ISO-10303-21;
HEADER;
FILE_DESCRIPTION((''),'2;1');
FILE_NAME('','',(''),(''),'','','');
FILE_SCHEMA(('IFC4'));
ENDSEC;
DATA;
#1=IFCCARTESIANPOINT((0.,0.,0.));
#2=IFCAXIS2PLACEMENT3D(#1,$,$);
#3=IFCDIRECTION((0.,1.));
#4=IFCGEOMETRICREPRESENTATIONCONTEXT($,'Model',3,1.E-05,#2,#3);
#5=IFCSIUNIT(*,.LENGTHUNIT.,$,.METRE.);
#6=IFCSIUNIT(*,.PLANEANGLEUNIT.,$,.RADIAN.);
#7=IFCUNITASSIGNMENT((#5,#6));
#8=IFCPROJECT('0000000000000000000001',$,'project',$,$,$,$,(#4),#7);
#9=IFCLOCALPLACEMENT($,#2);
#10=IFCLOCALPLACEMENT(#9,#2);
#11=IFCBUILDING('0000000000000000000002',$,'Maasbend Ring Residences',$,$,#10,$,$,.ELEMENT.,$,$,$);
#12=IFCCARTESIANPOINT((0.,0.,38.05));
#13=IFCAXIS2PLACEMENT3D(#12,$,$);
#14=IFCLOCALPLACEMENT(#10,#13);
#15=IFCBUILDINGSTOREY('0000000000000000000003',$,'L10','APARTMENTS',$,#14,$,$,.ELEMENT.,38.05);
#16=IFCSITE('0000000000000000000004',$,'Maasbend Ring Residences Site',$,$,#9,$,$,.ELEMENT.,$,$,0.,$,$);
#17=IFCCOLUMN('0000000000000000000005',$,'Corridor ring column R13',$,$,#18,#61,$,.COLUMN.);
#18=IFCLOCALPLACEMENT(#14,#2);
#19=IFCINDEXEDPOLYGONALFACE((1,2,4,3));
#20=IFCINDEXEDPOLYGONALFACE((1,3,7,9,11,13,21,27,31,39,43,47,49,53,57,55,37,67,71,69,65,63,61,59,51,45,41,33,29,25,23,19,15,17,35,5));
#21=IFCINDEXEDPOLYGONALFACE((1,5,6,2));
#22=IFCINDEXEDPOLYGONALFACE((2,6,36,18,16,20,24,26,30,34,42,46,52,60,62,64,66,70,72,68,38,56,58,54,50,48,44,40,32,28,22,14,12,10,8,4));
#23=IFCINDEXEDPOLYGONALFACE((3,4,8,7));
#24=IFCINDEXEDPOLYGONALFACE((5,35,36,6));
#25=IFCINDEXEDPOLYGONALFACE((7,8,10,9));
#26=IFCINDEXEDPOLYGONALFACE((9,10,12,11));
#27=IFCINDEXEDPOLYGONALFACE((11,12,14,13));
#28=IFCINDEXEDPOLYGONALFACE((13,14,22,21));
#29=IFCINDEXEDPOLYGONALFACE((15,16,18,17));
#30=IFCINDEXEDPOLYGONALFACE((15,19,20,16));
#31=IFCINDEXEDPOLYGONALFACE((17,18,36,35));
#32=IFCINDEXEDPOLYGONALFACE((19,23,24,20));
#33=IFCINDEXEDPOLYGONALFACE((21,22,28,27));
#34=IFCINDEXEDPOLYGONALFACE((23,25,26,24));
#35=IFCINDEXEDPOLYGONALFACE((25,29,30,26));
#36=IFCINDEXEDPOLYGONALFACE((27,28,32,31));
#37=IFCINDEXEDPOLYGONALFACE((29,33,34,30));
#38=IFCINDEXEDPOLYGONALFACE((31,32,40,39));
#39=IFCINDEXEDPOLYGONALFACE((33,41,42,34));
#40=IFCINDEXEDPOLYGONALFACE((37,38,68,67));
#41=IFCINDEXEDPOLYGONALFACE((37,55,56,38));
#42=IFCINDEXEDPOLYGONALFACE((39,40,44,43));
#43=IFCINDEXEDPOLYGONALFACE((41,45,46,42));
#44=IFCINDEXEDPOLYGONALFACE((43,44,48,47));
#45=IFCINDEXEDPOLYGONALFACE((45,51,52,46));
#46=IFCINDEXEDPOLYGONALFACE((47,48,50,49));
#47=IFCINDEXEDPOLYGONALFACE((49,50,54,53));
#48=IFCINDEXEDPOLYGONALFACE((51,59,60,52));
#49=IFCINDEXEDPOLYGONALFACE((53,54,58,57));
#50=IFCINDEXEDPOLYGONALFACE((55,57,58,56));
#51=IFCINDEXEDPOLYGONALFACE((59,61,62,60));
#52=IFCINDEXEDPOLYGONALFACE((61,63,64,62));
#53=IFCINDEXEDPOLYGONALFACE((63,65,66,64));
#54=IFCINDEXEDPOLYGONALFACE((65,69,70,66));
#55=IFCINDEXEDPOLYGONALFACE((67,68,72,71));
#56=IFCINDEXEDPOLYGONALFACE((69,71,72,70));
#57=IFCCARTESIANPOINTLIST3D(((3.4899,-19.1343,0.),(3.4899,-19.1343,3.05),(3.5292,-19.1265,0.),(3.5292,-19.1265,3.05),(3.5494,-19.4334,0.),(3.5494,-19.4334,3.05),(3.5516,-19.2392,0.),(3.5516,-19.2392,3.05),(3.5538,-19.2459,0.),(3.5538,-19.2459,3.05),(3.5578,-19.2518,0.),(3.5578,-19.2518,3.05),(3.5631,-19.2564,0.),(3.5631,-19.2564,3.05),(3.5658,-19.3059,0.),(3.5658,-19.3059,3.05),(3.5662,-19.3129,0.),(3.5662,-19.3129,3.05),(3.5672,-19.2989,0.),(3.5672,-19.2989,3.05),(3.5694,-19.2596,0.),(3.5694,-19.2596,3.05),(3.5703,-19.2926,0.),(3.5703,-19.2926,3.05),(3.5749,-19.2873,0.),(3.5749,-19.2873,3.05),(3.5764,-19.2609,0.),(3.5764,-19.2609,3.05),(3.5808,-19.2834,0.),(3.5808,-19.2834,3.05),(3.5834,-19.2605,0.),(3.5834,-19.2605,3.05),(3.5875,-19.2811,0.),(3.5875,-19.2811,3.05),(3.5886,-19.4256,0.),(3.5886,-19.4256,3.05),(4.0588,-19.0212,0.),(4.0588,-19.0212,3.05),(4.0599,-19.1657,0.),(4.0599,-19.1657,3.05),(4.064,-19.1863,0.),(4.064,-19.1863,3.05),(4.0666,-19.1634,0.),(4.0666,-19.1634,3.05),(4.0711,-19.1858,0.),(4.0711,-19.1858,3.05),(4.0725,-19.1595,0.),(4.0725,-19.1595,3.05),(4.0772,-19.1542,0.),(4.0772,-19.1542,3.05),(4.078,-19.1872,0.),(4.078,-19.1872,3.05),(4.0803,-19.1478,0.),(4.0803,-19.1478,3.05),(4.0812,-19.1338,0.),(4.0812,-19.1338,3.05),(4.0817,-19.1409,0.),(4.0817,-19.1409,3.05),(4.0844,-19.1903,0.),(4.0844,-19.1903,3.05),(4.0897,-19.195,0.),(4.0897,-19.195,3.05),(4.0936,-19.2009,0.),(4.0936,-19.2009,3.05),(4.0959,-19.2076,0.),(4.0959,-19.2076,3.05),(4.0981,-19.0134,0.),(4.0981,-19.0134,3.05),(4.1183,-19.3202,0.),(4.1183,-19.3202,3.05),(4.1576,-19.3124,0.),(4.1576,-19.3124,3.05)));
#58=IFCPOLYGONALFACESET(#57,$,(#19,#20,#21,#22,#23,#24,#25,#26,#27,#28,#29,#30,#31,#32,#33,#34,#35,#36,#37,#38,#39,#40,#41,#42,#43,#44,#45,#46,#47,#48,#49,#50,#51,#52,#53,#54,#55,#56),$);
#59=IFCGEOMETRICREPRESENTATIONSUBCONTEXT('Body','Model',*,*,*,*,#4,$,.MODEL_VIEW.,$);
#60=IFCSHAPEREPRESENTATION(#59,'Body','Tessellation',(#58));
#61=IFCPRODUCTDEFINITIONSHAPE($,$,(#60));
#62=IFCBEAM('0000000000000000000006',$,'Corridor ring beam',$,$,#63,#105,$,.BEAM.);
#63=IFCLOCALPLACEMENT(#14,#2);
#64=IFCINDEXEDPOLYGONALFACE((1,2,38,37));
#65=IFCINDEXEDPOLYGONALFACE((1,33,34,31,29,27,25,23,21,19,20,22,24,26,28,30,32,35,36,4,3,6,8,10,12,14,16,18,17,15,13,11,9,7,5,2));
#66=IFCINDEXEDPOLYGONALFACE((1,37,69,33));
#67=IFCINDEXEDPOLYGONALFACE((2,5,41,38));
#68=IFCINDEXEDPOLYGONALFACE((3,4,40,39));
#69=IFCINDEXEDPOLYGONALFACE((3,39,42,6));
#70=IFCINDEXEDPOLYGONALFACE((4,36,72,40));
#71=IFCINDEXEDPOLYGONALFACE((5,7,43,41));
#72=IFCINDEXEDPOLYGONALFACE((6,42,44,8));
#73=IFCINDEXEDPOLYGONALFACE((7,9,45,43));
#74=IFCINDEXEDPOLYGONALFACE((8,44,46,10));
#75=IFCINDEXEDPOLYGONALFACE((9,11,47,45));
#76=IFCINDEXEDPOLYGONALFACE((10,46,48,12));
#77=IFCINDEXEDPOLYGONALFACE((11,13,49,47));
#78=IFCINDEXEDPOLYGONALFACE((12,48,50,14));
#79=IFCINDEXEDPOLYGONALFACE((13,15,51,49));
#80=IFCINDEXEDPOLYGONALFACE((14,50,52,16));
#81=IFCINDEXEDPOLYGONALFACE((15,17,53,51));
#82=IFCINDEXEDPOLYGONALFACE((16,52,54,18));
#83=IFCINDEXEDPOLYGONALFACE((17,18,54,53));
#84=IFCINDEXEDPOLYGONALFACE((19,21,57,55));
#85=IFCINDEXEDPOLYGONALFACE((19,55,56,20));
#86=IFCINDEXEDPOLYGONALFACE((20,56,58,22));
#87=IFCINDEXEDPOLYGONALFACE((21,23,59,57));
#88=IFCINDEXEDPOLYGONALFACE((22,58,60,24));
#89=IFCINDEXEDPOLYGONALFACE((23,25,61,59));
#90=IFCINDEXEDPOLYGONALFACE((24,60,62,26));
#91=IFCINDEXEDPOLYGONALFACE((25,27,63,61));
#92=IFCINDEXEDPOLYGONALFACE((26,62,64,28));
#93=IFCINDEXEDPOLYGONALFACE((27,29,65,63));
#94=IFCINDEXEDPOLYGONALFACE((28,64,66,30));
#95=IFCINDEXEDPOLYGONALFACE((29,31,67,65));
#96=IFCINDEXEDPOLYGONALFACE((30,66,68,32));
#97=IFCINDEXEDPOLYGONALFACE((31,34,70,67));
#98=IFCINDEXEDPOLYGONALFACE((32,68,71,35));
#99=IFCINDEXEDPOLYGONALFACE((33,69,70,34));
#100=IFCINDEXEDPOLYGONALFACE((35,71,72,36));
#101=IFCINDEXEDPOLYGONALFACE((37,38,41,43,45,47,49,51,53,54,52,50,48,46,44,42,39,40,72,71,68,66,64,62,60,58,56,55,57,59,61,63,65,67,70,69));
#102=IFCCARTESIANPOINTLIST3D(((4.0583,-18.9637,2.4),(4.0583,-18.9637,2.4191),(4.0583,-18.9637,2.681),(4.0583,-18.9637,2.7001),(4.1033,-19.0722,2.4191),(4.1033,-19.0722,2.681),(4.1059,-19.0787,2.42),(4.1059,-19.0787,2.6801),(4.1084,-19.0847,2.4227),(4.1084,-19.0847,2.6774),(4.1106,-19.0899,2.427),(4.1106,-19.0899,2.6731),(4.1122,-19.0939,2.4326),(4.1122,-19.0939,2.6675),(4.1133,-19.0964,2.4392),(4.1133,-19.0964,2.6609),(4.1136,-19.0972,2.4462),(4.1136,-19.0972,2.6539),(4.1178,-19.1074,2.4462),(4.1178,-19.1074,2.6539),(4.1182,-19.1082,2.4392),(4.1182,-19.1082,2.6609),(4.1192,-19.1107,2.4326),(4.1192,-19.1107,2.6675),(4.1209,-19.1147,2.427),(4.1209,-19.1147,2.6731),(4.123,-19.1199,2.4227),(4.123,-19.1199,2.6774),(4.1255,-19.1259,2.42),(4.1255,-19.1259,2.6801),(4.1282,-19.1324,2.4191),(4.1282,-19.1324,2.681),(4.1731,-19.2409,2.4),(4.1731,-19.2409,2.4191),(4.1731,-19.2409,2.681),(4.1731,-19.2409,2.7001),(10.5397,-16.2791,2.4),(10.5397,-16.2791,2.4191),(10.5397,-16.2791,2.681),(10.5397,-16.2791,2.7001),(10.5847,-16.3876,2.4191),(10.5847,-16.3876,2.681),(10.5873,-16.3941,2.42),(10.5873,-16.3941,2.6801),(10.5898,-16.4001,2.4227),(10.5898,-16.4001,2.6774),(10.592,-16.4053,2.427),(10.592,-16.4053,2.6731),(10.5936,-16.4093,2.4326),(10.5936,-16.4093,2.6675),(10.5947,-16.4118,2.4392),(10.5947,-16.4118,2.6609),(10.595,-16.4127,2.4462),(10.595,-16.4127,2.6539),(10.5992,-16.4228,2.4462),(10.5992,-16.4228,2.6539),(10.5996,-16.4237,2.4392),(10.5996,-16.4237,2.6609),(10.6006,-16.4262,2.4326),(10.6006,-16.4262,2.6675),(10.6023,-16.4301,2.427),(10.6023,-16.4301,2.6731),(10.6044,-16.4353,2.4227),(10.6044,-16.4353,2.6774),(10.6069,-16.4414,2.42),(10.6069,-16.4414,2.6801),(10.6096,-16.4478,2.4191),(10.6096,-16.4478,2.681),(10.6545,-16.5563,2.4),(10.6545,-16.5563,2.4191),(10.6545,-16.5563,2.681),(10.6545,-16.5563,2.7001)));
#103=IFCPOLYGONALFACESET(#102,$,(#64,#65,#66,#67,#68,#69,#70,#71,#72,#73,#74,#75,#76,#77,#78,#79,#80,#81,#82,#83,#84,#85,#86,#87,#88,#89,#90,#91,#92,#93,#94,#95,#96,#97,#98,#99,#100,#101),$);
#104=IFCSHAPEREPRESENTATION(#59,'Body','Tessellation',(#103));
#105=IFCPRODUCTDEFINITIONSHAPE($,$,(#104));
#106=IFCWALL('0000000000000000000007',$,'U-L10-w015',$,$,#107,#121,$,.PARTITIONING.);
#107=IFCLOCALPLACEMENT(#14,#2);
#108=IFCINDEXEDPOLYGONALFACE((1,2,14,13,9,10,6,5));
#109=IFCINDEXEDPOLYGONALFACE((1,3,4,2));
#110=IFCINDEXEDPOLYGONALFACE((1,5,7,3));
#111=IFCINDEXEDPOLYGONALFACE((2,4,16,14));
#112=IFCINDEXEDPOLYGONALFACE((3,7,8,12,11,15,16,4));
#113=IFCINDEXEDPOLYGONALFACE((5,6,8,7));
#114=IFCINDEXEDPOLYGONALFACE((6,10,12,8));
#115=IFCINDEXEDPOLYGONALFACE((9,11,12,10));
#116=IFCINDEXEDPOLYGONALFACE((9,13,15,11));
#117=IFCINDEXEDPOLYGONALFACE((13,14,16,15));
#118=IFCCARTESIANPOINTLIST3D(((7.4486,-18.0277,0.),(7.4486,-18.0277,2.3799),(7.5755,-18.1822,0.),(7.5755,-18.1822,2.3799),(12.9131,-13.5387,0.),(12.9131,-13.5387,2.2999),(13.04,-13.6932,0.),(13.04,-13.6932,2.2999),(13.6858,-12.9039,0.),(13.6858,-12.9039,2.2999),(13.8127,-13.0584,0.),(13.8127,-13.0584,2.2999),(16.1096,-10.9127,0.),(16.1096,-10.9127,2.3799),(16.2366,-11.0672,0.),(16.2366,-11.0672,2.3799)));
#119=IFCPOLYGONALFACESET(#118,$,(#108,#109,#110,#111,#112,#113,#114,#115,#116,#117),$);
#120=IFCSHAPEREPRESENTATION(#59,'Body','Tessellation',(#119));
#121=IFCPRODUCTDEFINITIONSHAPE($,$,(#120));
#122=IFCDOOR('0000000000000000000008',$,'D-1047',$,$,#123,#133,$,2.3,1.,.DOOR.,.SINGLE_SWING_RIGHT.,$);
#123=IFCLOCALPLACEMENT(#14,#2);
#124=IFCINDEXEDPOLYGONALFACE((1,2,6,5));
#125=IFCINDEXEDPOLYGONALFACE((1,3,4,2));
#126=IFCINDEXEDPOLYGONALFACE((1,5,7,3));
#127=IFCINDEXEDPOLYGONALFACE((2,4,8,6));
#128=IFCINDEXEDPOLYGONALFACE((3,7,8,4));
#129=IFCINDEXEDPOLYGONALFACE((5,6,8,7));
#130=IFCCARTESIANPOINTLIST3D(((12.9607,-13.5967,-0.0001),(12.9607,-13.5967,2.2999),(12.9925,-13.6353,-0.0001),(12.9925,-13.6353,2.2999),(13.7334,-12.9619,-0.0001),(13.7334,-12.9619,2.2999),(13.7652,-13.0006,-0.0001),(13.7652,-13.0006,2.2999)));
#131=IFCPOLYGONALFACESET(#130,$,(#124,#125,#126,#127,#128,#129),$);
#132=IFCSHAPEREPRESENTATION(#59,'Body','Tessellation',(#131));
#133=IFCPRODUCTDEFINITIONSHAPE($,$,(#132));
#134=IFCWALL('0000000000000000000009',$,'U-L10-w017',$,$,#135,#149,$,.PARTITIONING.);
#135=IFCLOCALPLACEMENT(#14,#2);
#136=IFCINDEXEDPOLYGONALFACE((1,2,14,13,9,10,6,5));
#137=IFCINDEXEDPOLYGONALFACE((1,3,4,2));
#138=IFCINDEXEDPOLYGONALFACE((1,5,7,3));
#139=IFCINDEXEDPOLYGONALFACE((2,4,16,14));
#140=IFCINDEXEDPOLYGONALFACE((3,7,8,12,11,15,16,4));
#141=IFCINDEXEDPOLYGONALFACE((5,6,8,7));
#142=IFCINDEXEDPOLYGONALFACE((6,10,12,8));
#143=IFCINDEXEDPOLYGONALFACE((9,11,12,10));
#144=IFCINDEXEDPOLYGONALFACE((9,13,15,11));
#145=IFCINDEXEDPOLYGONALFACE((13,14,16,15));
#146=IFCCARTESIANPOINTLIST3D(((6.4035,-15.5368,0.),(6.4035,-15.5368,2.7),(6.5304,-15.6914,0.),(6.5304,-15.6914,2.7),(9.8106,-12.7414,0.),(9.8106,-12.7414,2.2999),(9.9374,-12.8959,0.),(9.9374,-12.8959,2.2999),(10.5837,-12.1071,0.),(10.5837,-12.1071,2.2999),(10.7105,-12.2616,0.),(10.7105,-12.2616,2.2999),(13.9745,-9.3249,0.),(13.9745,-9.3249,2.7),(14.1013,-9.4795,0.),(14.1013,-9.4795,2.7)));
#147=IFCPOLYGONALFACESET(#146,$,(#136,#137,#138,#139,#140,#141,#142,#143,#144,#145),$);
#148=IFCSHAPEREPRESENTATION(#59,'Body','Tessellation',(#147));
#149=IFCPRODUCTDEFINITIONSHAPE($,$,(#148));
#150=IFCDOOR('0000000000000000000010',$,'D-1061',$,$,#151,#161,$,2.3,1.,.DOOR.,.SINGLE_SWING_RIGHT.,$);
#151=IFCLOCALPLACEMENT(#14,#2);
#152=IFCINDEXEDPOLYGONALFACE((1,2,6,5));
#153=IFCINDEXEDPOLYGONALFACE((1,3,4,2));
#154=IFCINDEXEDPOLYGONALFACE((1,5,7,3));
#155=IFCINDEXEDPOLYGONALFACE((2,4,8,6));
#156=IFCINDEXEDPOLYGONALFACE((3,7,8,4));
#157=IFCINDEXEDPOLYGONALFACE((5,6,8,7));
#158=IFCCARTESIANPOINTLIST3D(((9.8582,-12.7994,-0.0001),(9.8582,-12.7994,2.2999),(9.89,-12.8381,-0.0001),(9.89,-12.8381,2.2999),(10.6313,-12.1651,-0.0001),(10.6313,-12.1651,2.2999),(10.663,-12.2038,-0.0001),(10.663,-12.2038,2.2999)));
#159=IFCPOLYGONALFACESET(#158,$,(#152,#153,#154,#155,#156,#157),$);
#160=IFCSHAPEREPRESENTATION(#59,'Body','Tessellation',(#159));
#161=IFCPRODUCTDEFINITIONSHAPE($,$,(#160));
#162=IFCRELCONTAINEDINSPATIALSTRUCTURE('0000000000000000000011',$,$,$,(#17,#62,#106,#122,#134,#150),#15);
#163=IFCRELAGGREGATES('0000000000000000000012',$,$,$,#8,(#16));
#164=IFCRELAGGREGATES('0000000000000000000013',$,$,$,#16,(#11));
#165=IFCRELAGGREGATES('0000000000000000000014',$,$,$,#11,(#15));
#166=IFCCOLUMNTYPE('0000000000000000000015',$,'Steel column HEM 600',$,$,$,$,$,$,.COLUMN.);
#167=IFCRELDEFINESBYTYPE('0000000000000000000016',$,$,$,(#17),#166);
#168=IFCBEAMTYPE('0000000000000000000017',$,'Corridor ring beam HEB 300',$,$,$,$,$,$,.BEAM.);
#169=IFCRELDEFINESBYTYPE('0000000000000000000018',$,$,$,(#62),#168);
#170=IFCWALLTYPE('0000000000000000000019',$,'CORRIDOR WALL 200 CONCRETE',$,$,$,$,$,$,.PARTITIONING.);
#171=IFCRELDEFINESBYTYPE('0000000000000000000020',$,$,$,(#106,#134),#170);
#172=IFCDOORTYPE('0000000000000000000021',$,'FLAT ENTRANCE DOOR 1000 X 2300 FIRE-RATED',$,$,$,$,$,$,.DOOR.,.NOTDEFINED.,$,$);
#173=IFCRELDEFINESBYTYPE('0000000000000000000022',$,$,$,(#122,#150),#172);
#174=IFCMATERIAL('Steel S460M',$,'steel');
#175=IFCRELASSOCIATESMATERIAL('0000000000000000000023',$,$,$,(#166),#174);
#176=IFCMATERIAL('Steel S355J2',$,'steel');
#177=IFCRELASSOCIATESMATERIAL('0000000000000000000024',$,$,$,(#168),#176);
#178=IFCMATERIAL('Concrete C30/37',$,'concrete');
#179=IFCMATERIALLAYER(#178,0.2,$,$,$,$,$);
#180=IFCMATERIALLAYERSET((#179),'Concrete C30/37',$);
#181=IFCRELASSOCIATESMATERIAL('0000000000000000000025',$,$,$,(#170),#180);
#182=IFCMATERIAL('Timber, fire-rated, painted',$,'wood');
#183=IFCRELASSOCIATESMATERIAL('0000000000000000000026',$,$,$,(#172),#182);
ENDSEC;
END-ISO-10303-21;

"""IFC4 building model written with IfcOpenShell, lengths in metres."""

from ifc_helpers import new_model, si_unit, direction, frame, frame_2d, origin, origin_2d, place, context, subcontext, project, spatial, rectangle, i_section, extrude, material, layer, layer_set, material_profile, profile_set, type_object, element, fill, save


model = new_model("IFC4")

# Units and contexts
model_context = context("Model", 3, precision=1e-05, world=origin(), true_north=direction((0.0, 1.0)))
body_context = subcontext(model_context, "Body", "Model", "MODEL_VIEW")
ifc_project = project(units=[si_unit("LENGTHUNIT", "METRE"), si_unit("PLANEANGLEUNIT", "RADIAN")], contexts=[model_context])

# Site, building, storey
site_placement = place(None, origin())
site = spatial("IfcSite", under=ifc_project, at=site_placement, Name="Maasbend Ring Residences Site", CompositionType="ELEMENT", RefElevation=0.0)
building_placement = place(site_placement, origin())
building = spatial("IfcBuilding", under=site, at=building_placement, Name="Maasbend Ring Residences", CompositionType="ELEMENT")
storey_placement = place(building_placement, frame((0.0, 0.0, 38.05)))
storey = spatial("IfcBuildingStorey", under=building, at=storey_placement, Name="L10", Description="APARTMENTS", CompositionType="ELEMENT", Elevation=38.05)

# Column
ifc_material_1 = material(Name="Steel S460M", Category="steel")
ifc_material_profile_1 = material_profile(ifc_material_1, i_section(OverallWidth=0.3049, OverallDepth=0.6201, WebThickness=0.021, FlangeThickness=0.04, FilletRadius=0.0271, at=origin_2d()), Name="HEM 600")
ifc_profile_set_1 = profile_set([ifc_material_profile_1], Name="Steel S460M")
column_type = type_object("IfcColumnType", Name="Steel column HEM 600", PredefinedType="COLUMN", material=ifc_profile_set_1)
column_placement = place(storey_placement, frame((3.8237, -19.2234, 0.0), z_axis=(0.0, 0.0, 1.0), x_axis=(0.19509, -0.980785, 0.0)))
element("IfcColumn", 1, at=column_placement, inside=storey, type_object=column_type, Name="Corridor ring column R13", PredefinedType="COLUMN", context=body_context, shape_type="SweptSolid", body=[
    extrude(i_section(OverallWidth=0.3049, OverallDepth=0.6201, WebThickness=0.021, FlangeThickness=0.04, FilletRadius=0.0271, at=origin_2d()), origin(), (0.0, 0.0, 1.0), 3.05),
])

# Beam
ifc_material_2 = material(Name="Steel S355J2", Category="steel")
ifc_material_profile_2 = material_profile(ifc_material_2, i_section(OverallWidth=0.3, OverallDepth=0.3, WebThickness=0.011, FlangeThickness=0.019, FilletRadius=0.0271, at=origin_2d()), Name="HEB 300")
ifc_profile_set_2 = profile_set([ifc_material_profile_2], Name="Steel S355J2")
beam_type = type_object("IfcBeamType", Name="Corridor ring beam HEB 300", PredefinedType="BEAM", material=ifc_profile_set_2)
beam_placement = place(storey_placement, frame((4.1157, -19.1023, 2.55), z_axis=(0.923886, 0.382667, 0.0), x_axis=(-0.382667, 0.923886, 0.0)))
element("IfcBeam", 2, at=beam_placement, inside=storey, type_object=beam_type, Name="Corridor ring beam", PredefinedType="BEAM", context=body_context, shape_type="SweptSolid", body=[
    extrude(i_section(OverallWidth=0.3, OverallDepth=0.3, WebThickness=0.011, FlangeThickness=0.019, FilletRadius=0.0271, at=origin_2d()), origin(), (0.0, 0.0, 1.0), 7.0154),
])

# Walls, openings, doors
ifc_material_3 = material(Name="Concrete C30/37", Category="concrete")
ifc_layer_1 = layer(ifc_material_3, 0.2)
ifc_layer_set_1 = layer_set([ifc_layer_1], Name="Concrete C30/37")
wall_type_1 = type_object("IfcWallType", Name="CORRIDOR WALL 200 CONCRETE", PredefinedType="PARTITIONING", material=ifc_layer_set_1)
wall_1_placement = place(storey_placement, frame((7.512, -18.105, 0.0), z_axis=(0.0, 0.0, 1.0), x_axis=(0.772705, 0.634765, 0.0)))
wall_1 = element("IfcWall", 3, at=wall_1_placement, inside=storey, type_object=wall_type_1, Name="U-L10-w015", PredefinedType="PARTITIONING", context=body_context, shape_type="SweptSolid", body=[
    extrude(rectangle(XDim=11.2087, YDim=0.2, at=frame_2d((5.6045, 0.0))), origin(), (0.0, 0.0, 1.0), 2.3799),
])
opening_1_placement = place(wall_1_placement, frame((7.072, 0.0, 0.0)))
opening_1 = element("IfcOpeningElement", 4, at=opening_1_placement, cuts=wall_1, PredefinedType="OPENING", context=body_context, shape_type="SweptSolid", body=[
    extrude(rectangle(XDim=1.0, YDim=2.3, at=frame_2d((0.5, 1.1499))), frame((0.0, 0.1099, 0.0), z_axis=(0.0, -1.0, 0.0), x_axis=(1.0, 0.0, 0.0)), (0.0, 0.0, 1.0), 0.22),
])
ifc_material_4 = material(Name="Timber, fire-rated, painted", Category="wood")
door_type_1 = type_object("IfcDoorType", Name="FLAT ENTRANCE DOOR 1000 X 2300 FIRE-RATED", OperationType="NOTDEFINED", PredefinedType="DOOR", material=ifc_material_4)
door_1_placement = place(opening_1_placement, origin())
door_1 = element("IfcDoor", 5, at=door_1_placement, inside=storey, type_object=door_type_1, Name="D-1047", OperationType="SINGLE_SWING_RIGHT", OverallHeight=2.3, OverallWidth=1.0, PredefinedType="DOOR", context=body_context, shape_type="SweptSolid", body=[
    extrude(rectangle(XDim=1.0, YDim=2.3, at=frame_2d((0.5, 1.1499))), frame((0.0, 0.0249, 0.0), z_axis=(0.0, -1.0, 0.0), x_axis=(1.0, 0.0, 0.0)), (0.0, 0.0, 1.0), 0.05),
])
fill(opening_1, door_1)
wall_2_placement = place(storey_placement, frame((6.467, -15.614, 0.0), z_axis=(0.0, 0.0, 1.0), x_axis=(0.773085, 0.634303, 0.0)))
wall_2 = element("IfcWall", 6, at=wall_2_placement, inside=storey, type_object=wall_type_1, Name="U-L10-w017", PredefinedType="PARTITIONING", context=body_context, shape_type="SweptSolid", body=[
    extrude(rectangle(XDim=9.7932, YDim=0.2, at=frame_2d((4.8965, 0.0))), origin(), (0.0, 0.0, 1.0), 2.7),
])
opening_2_placement = place(wall_2_placement, frame((4.407, 0.0, 0.0)))
opening_2 = element("IfcOpeningElement", 7, at=opening_2_placement, cuts=wall_2, PredefinedType="OPENING", context=body_context, shape_type="SweptSolid", body=[
    extrude(rectangle(XDim=1.0, YDim=2.3, at=frame_2d((0.5, 1.1499))), frame((0.0, 0.1099, 0.0), z_axis=(0.0, -1.0, 0.0), x_axis=(1.0, 0.0, 0.0)), (0.0, 0.0, 1.0), 0.22),
])
door_2_placement = place(opening_2_placement, origin())
door_2 = element("IfcDoor", 8, at=door_2_placement, inside=storey, type_object=door_type_1, Name="D-1061", OperationType="SINGLE_SWING_RIGHT", OverallHeight=2.3, OverallWidth=1.0, PredefinedType="DOOR", context=body_context, shape_type="SweptSolid", body=[
    extrude(rectangle(XDim=1.0, YDim=2.3, at=frame_2d((0.5, 1.1499))), frame((0.0, 0.0249, 0.0), z_axis=(0.0, -1.0, 0.0), x_axis=(1.0, 0.0, 0.0)), (0.0, 0.0, 1.0), 0.05),
])
fill(opening_2, door_2)

save(model, "model.ifc")
